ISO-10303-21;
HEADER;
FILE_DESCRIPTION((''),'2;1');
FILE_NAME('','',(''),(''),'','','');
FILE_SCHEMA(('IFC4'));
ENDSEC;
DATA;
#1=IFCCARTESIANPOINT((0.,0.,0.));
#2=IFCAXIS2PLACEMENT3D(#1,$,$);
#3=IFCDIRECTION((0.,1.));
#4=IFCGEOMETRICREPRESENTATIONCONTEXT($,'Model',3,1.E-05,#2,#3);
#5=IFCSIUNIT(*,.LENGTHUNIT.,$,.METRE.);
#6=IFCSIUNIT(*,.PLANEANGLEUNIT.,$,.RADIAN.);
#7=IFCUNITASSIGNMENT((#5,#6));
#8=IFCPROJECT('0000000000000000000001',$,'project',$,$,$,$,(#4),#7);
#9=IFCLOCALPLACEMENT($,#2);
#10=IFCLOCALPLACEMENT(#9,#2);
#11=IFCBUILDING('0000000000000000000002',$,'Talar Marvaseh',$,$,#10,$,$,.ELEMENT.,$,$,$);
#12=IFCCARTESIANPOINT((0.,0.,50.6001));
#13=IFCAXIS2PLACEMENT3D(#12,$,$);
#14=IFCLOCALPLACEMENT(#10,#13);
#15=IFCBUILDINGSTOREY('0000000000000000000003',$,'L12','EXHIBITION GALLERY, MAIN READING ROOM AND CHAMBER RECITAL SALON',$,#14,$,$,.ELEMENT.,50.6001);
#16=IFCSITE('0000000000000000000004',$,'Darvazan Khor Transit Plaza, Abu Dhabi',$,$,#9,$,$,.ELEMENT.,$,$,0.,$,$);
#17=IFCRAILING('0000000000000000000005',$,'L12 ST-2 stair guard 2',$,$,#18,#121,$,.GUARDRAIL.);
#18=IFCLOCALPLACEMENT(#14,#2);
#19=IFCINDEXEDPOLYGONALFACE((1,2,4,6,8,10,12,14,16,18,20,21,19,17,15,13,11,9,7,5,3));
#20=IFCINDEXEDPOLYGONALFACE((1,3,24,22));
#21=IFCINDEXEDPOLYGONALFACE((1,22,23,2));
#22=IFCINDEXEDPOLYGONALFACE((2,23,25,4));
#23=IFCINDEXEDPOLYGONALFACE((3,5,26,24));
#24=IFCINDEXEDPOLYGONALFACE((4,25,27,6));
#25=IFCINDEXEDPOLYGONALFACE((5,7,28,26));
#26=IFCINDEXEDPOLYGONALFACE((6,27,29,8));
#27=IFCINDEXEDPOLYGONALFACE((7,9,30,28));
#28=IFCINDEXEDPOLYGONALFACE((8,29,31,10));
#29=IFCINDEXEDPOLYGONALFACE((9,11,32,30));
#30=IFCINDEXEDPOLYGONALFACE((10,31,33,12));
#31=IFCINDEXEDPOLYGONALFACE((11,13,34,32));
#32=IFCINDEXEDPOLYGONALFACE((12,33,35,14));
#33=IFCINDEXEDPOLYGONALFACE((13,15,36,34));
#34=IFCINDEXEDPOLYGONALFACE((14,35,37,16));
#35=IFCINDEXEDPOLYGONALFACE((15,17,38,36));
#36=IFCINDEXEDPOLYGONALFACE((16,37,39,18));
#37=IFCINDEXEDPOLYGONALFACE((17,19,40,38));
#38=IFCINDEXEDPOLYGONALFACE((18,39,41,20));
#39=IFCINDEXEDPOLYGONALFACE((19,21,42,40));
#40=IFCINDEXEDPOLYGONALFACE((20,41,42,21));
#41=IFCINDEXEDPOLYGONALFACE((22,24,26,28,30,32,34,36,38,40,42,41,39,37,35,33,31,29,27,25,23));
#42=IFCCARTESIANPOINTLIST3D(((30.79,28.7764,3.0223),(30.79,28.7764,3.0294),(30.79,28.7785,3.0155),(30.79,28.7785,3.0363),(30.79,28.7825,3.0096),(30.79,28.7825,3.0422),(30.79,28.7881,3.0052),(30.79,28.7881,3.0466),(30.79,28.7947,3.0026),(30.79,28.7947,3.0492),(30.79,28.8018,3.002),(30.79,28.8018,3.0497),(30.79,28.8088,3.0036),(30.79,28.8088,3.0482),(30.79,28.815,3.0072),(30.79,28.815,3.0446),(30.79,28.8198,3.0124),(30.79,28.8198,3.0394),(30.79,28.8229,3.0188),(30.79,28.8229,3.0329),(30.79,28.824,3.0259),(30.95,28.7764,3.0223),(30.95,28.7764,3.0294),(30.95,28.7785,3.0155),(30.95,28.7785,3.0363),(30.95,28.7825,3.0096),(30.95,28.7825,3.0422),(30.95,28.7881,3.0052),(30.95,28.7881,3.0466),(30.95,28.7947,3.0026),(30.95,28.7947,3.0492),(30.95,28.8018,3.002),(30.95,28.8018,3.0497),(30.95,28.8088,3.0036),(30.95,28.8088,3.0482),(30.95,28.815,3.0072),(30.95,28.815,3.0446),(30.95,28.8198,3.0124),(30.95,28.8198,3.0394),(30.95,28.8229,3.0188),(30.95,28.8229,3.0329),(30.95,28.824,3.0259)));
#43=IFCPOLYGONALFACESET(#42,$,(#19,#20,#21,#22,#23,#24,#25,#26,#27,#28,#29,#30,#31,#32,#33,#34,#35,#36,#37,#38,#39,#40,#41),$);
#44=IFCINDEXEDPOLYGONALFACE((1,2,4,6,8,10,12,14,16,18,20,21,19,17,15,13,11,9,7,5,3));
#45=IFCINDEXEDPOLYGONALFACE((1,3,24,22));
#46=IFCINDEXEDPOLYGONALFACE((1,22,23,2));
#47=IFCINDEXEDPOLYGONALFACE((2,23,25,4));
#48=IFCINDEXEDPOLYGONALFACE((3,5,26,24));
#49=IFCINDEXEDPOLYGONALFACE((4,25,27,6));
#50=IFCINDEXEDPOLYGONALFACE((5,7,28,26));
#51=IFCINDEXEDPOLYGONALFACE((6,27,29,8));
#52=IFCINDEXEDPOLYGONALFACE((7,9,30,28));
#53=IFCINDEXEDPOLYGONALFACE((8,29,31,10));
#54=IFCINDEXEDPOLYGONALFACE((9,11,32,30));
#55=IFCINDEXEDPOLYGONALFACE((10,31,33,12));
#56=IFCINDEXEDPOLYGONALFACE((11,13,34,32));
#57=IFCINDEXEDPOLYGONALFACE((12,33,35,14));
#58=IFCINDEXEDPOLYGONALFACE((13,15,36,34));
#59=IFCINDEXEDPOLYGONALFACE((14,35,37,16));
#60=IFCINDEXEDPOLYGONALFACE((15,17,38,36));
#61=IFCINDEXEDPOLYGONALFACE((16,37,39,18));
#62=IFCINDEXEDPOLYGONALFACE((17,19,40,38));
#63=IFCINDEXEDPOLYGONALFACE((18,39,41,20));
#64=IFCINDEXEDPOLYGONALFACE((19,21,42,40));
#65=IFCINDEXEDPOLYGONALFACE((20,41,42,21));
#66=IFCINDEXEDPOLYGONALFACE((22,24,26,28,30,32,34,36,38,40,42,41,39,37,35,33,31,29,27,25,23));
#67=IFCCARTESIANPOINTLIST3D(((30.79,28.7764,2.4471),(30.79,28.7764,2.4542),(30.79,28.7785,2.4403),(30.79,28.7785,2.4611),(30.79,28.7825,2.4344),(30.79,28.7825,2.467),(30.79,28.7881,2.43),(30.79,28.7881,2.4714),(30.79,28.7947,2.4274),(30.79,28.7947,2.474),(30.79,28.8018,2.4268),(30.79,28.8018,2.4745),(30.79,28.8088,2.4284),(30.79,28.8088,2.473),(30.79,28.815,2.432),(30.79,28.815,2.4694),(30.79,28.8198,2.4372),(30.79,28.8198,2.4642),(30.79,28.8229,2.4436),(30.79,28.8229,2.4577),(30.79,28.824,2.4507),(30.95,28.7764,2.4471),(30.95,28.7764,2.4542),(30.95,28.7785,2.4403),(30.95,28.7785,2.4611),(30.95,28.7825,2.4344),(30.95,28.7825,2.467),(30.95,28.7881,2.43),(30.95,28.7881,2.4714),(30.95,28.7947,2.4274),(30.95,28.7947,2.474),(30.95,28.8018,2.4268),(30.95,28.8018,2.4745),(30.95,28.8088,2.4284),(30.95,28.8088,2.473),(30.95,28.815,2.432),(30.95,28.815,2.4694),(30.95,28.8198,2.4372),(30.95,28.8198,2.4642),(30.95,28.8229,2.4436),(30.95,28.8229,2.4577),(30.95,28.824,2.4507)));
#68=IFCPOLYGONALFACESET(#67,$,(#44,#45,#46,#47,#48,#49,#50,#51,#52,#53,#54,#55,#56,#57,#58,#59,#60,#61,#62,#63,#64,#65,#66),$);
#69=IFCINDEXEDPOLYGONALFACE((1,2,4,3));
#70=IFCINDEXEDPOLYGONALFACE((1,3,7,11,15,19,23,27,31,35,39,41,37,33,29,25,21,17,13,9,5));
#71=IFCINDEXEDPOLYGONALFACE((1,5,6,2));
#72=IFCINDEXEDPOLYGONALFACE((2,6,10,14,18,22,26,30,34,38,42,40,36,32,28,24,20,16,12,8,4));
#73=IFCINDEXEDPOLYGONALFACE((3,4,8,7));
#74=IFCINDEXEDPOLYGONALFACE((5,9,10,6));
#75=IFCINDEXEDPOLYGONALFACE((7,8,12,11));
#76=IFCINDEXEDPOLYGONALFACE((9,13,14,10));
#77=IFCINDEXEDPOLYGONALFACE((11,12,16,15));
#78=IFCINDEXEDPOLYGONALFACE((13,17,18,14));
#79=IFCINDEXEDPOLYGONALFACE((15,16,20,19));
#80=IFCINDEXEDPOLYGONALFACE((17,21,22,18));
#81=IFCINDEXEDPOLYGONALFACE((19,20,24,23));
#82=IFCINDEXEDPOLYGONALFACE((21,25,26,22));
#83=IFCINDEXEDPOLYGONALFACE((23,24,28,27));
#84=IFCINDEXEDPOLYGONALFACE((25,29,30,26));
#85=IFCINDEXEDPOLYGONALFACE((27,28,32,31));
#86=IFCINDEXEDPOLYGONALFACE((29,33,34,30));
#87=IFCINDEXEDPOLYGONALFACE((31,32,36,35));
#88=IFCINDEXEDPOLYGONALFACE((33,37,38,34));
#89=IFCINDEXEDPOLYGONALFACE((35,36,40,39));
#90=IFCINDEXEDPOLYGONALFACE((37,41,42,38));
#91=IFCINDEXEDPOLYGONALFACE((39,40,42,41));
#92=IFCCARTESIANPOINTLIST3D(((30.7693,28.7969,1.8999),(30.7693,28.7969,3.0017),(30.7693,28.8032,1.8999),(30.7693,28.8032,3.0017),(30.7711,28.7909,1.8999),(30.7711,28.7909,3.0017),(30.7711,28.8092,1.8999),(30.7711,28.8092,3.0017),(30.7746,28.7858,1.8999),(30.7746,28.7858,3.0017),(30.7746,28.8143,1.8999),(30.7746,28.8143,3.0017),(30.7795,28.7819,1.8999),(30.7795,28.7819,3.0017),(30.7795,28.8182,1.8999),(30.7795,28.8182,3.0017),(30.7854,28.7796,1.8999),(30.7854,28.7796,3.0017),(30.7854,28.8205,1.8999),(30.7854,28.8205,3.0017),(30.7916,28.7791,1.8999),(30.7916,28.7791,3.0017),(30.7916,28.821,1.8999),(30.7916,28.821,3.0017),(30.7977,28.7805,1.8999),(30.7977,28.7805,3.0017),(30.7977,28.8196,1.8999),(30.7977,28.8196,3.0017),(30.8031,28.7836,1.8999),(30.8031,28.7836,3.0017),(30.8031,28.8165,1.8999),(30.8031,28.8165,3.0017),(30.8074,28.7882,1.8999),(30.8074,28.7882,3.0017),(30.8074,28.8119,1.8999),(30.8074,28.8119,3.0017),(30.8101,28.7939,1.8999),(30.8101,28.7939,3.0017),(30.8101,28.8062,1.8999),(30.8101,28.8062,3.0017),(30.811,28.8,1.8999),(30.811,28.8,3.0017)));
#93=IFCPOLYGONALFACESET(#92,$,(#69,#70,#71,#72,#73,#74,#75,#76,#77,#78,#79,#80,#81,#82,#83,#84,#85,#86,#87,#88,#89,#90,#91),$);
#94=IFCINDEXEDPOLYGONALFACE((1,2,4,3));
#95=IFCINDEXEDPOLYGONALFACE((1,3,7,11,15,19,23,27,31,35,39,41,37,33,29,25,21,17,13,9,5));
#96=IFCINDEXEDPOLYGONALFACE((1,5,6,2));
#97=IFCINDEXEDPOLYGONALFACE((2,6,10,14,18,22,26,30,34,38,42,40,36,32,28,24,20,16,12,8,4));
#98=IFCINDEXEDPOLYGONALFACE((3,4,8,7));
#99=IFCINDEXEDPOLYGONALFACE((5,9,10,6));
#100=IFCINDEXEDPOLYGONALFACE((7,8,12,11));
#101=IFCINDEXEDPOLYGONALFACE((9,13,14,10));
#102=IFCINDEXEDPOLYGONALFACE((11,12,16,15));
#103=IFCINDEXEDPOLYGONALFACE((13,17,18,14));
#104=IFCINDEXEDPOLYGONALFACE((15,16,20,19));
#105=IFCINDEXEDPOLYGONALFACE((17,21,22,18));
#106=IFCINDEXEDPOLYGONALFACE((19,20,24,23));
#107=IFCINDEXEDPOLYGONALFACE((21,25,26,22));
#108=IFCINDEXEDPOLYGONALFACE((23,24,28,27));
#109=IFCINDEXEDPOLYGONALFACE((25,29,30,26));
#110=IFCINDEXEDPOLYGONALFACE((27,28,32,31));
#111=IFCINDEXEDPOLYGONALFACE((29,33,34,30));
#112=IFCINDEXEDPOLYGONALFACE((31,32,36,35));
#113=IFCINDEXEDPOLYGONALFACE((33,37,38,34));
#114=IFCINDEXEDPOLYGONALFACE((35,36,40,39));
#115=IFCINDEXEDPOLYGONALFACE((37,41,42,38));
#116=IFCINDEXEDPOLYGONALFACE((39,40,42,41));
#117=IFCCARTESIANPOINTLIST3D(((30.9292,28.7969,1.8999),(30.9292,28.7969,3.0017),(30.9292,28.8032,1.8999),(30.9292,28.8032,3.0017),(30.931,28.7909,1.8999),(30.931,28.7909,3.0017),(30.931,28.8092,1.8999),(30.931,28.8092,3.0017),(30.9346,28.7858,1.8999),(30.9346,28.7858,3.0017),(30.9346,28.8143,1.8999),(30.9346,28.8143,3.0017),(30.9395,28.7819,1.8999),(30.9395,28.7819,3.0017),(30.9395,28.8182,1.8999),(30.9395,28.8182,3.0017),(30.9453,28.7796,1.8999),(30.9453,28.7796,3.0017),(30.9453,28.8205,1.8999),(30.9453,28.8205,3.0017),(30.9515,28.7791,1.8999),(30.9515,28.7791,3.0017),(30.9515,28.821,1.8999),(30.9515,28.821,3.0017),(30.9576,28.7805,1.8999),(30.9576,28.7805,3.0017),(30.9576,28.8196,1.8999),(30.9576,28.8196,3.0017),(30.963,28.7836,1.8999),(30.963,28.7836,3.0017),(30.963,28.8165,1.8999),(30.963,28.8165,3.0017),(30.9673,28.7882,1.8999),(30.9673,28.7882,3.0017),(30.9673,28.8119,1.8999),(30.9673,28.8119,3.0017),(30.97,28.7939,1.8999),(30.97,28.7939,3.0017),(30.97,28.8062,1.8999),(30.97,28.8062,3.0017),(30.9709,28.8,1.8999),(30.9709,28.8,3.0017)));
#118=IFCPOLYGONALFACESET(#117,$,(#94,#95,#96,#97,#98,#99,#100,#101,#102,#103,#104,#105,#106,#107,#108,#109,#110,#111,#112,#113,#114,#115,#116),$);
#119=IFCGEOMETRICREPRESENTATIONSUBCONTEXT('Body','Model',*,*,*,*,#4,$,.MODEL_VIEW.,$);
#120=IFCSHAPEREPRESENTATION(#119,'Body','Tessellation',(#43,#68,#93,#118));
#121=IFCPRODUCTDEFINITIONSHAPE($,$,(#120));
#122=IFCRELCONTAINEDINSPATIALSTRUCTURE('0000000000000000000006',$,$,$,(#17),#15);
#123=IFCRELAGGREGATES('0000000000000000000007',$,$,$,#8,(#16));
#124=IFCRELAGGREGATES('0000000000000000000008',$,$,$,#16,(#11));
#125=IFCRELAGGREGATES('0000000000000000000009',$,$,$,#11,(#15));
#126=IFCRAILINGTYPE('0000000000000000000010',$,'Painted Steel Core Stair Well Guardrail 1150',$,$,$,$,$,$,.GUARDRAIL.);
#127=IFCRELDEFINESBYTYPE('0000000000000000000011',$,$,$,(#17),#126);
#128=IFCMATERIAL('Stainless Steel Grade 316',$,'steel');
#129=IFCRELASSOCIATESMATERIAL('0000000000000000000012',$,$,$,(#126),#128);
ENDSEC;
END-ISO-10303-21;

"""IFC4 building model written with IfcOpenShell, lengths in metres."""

from ifc_helpers import new_model, si_unit, direction, frame, origin, origin_2d, place, context, subcontext, project, spatial, circle, extrude, material, type_object, element, save


model = new_model("IFC4")

# Units and contexts
model_context = context("Model", 3, precision=1e-05, world=origin(), true_north=direction((0.0, 1.0)))
body_context = subcontext(model_context, "Body", "Model", "MODEL_VIEW")
ifc_project = project(units=[si_unit("LENGTHUNIT", "METRE"), si_unit("PLANEANGLEUNIT", "RADIAN")], contexts=[model_context])

# Site, building, storey
site_placement = place(None, origin())
site = spatial("IfcSite", under=ifc_project, at=site_placement, Name="Darvazan Khor Transit Plaza, Abu Dhabi", CompositionType="ELEMENT", RefElevation=0.0)
building_placement = place(site_placement, origin())
building = spatial("IfcBuilding", under=site, at=building_placement, Name="Talar Marvaseh", CompositionType="ELEMENT")
storey_placement = place(building_placement, frame((0.0, 0.0, 50.6001)))
storey = spatial("IfcBuildingStorey", under=building, at=storey_placement, Name="L12", Description="EXHIBITION GALLERY, MAIN READING ROOM AND CHAMBER RECITAL SALON", CompositionType="ELEMENT", Elevation=50.6001)

# Railing
ifc_material_1 = material(Name="Stainless Steel Grade 316", Category="steel")
railing_type_1 = type_object("IfcRailingType", Name="Painted Steel Core Stair Well Guardrail 1150", PredefinedType="GUARDRAIL", material=ifc_material_1)
railing_1_placement = place(storey_placement, frame((30.79, 28.8, 1.8999)))
element("IfcRailing", 1, at=railing_1_placement, inside=storey, type_object=railing_type_1, Name="L12 ST-2 stair guard 2", PredefinedType="GUARDRAIL", context=body_context, shape_type="SweptSolid", body=[
    extrude(circle(Radius=0.0239, at=origin_2d()), frame((0.0, 0.0, 1.126), z_axis=(1.0, 0.0, 0.0), x_axis=(0.0, 1.0, 0.0)), (0.0, 0.0, 1.0), 0.1599),
    extrude(circle(Radius=0.0239, at=origin_2d()), frame((0.0, 0.0, 0.5508), z_axis=(1.0, 0.0, 0.0), x_axis=(0.0, 1.0, 0.0)), (0.0, 0.0, 1.0), 0.1599),
    extrude(circle(Radius=0.021, at=origin_2d()), origin(), (0.0, 0.0, 1.0), 1.1018),
    extrude(circle(Radius=0.021, at=origin_2d()), frame((0.1599, 0.0, 0.0)), (0.0, 0.0, 1.0), 1.1018),
])

save(model, "model.ifc")
